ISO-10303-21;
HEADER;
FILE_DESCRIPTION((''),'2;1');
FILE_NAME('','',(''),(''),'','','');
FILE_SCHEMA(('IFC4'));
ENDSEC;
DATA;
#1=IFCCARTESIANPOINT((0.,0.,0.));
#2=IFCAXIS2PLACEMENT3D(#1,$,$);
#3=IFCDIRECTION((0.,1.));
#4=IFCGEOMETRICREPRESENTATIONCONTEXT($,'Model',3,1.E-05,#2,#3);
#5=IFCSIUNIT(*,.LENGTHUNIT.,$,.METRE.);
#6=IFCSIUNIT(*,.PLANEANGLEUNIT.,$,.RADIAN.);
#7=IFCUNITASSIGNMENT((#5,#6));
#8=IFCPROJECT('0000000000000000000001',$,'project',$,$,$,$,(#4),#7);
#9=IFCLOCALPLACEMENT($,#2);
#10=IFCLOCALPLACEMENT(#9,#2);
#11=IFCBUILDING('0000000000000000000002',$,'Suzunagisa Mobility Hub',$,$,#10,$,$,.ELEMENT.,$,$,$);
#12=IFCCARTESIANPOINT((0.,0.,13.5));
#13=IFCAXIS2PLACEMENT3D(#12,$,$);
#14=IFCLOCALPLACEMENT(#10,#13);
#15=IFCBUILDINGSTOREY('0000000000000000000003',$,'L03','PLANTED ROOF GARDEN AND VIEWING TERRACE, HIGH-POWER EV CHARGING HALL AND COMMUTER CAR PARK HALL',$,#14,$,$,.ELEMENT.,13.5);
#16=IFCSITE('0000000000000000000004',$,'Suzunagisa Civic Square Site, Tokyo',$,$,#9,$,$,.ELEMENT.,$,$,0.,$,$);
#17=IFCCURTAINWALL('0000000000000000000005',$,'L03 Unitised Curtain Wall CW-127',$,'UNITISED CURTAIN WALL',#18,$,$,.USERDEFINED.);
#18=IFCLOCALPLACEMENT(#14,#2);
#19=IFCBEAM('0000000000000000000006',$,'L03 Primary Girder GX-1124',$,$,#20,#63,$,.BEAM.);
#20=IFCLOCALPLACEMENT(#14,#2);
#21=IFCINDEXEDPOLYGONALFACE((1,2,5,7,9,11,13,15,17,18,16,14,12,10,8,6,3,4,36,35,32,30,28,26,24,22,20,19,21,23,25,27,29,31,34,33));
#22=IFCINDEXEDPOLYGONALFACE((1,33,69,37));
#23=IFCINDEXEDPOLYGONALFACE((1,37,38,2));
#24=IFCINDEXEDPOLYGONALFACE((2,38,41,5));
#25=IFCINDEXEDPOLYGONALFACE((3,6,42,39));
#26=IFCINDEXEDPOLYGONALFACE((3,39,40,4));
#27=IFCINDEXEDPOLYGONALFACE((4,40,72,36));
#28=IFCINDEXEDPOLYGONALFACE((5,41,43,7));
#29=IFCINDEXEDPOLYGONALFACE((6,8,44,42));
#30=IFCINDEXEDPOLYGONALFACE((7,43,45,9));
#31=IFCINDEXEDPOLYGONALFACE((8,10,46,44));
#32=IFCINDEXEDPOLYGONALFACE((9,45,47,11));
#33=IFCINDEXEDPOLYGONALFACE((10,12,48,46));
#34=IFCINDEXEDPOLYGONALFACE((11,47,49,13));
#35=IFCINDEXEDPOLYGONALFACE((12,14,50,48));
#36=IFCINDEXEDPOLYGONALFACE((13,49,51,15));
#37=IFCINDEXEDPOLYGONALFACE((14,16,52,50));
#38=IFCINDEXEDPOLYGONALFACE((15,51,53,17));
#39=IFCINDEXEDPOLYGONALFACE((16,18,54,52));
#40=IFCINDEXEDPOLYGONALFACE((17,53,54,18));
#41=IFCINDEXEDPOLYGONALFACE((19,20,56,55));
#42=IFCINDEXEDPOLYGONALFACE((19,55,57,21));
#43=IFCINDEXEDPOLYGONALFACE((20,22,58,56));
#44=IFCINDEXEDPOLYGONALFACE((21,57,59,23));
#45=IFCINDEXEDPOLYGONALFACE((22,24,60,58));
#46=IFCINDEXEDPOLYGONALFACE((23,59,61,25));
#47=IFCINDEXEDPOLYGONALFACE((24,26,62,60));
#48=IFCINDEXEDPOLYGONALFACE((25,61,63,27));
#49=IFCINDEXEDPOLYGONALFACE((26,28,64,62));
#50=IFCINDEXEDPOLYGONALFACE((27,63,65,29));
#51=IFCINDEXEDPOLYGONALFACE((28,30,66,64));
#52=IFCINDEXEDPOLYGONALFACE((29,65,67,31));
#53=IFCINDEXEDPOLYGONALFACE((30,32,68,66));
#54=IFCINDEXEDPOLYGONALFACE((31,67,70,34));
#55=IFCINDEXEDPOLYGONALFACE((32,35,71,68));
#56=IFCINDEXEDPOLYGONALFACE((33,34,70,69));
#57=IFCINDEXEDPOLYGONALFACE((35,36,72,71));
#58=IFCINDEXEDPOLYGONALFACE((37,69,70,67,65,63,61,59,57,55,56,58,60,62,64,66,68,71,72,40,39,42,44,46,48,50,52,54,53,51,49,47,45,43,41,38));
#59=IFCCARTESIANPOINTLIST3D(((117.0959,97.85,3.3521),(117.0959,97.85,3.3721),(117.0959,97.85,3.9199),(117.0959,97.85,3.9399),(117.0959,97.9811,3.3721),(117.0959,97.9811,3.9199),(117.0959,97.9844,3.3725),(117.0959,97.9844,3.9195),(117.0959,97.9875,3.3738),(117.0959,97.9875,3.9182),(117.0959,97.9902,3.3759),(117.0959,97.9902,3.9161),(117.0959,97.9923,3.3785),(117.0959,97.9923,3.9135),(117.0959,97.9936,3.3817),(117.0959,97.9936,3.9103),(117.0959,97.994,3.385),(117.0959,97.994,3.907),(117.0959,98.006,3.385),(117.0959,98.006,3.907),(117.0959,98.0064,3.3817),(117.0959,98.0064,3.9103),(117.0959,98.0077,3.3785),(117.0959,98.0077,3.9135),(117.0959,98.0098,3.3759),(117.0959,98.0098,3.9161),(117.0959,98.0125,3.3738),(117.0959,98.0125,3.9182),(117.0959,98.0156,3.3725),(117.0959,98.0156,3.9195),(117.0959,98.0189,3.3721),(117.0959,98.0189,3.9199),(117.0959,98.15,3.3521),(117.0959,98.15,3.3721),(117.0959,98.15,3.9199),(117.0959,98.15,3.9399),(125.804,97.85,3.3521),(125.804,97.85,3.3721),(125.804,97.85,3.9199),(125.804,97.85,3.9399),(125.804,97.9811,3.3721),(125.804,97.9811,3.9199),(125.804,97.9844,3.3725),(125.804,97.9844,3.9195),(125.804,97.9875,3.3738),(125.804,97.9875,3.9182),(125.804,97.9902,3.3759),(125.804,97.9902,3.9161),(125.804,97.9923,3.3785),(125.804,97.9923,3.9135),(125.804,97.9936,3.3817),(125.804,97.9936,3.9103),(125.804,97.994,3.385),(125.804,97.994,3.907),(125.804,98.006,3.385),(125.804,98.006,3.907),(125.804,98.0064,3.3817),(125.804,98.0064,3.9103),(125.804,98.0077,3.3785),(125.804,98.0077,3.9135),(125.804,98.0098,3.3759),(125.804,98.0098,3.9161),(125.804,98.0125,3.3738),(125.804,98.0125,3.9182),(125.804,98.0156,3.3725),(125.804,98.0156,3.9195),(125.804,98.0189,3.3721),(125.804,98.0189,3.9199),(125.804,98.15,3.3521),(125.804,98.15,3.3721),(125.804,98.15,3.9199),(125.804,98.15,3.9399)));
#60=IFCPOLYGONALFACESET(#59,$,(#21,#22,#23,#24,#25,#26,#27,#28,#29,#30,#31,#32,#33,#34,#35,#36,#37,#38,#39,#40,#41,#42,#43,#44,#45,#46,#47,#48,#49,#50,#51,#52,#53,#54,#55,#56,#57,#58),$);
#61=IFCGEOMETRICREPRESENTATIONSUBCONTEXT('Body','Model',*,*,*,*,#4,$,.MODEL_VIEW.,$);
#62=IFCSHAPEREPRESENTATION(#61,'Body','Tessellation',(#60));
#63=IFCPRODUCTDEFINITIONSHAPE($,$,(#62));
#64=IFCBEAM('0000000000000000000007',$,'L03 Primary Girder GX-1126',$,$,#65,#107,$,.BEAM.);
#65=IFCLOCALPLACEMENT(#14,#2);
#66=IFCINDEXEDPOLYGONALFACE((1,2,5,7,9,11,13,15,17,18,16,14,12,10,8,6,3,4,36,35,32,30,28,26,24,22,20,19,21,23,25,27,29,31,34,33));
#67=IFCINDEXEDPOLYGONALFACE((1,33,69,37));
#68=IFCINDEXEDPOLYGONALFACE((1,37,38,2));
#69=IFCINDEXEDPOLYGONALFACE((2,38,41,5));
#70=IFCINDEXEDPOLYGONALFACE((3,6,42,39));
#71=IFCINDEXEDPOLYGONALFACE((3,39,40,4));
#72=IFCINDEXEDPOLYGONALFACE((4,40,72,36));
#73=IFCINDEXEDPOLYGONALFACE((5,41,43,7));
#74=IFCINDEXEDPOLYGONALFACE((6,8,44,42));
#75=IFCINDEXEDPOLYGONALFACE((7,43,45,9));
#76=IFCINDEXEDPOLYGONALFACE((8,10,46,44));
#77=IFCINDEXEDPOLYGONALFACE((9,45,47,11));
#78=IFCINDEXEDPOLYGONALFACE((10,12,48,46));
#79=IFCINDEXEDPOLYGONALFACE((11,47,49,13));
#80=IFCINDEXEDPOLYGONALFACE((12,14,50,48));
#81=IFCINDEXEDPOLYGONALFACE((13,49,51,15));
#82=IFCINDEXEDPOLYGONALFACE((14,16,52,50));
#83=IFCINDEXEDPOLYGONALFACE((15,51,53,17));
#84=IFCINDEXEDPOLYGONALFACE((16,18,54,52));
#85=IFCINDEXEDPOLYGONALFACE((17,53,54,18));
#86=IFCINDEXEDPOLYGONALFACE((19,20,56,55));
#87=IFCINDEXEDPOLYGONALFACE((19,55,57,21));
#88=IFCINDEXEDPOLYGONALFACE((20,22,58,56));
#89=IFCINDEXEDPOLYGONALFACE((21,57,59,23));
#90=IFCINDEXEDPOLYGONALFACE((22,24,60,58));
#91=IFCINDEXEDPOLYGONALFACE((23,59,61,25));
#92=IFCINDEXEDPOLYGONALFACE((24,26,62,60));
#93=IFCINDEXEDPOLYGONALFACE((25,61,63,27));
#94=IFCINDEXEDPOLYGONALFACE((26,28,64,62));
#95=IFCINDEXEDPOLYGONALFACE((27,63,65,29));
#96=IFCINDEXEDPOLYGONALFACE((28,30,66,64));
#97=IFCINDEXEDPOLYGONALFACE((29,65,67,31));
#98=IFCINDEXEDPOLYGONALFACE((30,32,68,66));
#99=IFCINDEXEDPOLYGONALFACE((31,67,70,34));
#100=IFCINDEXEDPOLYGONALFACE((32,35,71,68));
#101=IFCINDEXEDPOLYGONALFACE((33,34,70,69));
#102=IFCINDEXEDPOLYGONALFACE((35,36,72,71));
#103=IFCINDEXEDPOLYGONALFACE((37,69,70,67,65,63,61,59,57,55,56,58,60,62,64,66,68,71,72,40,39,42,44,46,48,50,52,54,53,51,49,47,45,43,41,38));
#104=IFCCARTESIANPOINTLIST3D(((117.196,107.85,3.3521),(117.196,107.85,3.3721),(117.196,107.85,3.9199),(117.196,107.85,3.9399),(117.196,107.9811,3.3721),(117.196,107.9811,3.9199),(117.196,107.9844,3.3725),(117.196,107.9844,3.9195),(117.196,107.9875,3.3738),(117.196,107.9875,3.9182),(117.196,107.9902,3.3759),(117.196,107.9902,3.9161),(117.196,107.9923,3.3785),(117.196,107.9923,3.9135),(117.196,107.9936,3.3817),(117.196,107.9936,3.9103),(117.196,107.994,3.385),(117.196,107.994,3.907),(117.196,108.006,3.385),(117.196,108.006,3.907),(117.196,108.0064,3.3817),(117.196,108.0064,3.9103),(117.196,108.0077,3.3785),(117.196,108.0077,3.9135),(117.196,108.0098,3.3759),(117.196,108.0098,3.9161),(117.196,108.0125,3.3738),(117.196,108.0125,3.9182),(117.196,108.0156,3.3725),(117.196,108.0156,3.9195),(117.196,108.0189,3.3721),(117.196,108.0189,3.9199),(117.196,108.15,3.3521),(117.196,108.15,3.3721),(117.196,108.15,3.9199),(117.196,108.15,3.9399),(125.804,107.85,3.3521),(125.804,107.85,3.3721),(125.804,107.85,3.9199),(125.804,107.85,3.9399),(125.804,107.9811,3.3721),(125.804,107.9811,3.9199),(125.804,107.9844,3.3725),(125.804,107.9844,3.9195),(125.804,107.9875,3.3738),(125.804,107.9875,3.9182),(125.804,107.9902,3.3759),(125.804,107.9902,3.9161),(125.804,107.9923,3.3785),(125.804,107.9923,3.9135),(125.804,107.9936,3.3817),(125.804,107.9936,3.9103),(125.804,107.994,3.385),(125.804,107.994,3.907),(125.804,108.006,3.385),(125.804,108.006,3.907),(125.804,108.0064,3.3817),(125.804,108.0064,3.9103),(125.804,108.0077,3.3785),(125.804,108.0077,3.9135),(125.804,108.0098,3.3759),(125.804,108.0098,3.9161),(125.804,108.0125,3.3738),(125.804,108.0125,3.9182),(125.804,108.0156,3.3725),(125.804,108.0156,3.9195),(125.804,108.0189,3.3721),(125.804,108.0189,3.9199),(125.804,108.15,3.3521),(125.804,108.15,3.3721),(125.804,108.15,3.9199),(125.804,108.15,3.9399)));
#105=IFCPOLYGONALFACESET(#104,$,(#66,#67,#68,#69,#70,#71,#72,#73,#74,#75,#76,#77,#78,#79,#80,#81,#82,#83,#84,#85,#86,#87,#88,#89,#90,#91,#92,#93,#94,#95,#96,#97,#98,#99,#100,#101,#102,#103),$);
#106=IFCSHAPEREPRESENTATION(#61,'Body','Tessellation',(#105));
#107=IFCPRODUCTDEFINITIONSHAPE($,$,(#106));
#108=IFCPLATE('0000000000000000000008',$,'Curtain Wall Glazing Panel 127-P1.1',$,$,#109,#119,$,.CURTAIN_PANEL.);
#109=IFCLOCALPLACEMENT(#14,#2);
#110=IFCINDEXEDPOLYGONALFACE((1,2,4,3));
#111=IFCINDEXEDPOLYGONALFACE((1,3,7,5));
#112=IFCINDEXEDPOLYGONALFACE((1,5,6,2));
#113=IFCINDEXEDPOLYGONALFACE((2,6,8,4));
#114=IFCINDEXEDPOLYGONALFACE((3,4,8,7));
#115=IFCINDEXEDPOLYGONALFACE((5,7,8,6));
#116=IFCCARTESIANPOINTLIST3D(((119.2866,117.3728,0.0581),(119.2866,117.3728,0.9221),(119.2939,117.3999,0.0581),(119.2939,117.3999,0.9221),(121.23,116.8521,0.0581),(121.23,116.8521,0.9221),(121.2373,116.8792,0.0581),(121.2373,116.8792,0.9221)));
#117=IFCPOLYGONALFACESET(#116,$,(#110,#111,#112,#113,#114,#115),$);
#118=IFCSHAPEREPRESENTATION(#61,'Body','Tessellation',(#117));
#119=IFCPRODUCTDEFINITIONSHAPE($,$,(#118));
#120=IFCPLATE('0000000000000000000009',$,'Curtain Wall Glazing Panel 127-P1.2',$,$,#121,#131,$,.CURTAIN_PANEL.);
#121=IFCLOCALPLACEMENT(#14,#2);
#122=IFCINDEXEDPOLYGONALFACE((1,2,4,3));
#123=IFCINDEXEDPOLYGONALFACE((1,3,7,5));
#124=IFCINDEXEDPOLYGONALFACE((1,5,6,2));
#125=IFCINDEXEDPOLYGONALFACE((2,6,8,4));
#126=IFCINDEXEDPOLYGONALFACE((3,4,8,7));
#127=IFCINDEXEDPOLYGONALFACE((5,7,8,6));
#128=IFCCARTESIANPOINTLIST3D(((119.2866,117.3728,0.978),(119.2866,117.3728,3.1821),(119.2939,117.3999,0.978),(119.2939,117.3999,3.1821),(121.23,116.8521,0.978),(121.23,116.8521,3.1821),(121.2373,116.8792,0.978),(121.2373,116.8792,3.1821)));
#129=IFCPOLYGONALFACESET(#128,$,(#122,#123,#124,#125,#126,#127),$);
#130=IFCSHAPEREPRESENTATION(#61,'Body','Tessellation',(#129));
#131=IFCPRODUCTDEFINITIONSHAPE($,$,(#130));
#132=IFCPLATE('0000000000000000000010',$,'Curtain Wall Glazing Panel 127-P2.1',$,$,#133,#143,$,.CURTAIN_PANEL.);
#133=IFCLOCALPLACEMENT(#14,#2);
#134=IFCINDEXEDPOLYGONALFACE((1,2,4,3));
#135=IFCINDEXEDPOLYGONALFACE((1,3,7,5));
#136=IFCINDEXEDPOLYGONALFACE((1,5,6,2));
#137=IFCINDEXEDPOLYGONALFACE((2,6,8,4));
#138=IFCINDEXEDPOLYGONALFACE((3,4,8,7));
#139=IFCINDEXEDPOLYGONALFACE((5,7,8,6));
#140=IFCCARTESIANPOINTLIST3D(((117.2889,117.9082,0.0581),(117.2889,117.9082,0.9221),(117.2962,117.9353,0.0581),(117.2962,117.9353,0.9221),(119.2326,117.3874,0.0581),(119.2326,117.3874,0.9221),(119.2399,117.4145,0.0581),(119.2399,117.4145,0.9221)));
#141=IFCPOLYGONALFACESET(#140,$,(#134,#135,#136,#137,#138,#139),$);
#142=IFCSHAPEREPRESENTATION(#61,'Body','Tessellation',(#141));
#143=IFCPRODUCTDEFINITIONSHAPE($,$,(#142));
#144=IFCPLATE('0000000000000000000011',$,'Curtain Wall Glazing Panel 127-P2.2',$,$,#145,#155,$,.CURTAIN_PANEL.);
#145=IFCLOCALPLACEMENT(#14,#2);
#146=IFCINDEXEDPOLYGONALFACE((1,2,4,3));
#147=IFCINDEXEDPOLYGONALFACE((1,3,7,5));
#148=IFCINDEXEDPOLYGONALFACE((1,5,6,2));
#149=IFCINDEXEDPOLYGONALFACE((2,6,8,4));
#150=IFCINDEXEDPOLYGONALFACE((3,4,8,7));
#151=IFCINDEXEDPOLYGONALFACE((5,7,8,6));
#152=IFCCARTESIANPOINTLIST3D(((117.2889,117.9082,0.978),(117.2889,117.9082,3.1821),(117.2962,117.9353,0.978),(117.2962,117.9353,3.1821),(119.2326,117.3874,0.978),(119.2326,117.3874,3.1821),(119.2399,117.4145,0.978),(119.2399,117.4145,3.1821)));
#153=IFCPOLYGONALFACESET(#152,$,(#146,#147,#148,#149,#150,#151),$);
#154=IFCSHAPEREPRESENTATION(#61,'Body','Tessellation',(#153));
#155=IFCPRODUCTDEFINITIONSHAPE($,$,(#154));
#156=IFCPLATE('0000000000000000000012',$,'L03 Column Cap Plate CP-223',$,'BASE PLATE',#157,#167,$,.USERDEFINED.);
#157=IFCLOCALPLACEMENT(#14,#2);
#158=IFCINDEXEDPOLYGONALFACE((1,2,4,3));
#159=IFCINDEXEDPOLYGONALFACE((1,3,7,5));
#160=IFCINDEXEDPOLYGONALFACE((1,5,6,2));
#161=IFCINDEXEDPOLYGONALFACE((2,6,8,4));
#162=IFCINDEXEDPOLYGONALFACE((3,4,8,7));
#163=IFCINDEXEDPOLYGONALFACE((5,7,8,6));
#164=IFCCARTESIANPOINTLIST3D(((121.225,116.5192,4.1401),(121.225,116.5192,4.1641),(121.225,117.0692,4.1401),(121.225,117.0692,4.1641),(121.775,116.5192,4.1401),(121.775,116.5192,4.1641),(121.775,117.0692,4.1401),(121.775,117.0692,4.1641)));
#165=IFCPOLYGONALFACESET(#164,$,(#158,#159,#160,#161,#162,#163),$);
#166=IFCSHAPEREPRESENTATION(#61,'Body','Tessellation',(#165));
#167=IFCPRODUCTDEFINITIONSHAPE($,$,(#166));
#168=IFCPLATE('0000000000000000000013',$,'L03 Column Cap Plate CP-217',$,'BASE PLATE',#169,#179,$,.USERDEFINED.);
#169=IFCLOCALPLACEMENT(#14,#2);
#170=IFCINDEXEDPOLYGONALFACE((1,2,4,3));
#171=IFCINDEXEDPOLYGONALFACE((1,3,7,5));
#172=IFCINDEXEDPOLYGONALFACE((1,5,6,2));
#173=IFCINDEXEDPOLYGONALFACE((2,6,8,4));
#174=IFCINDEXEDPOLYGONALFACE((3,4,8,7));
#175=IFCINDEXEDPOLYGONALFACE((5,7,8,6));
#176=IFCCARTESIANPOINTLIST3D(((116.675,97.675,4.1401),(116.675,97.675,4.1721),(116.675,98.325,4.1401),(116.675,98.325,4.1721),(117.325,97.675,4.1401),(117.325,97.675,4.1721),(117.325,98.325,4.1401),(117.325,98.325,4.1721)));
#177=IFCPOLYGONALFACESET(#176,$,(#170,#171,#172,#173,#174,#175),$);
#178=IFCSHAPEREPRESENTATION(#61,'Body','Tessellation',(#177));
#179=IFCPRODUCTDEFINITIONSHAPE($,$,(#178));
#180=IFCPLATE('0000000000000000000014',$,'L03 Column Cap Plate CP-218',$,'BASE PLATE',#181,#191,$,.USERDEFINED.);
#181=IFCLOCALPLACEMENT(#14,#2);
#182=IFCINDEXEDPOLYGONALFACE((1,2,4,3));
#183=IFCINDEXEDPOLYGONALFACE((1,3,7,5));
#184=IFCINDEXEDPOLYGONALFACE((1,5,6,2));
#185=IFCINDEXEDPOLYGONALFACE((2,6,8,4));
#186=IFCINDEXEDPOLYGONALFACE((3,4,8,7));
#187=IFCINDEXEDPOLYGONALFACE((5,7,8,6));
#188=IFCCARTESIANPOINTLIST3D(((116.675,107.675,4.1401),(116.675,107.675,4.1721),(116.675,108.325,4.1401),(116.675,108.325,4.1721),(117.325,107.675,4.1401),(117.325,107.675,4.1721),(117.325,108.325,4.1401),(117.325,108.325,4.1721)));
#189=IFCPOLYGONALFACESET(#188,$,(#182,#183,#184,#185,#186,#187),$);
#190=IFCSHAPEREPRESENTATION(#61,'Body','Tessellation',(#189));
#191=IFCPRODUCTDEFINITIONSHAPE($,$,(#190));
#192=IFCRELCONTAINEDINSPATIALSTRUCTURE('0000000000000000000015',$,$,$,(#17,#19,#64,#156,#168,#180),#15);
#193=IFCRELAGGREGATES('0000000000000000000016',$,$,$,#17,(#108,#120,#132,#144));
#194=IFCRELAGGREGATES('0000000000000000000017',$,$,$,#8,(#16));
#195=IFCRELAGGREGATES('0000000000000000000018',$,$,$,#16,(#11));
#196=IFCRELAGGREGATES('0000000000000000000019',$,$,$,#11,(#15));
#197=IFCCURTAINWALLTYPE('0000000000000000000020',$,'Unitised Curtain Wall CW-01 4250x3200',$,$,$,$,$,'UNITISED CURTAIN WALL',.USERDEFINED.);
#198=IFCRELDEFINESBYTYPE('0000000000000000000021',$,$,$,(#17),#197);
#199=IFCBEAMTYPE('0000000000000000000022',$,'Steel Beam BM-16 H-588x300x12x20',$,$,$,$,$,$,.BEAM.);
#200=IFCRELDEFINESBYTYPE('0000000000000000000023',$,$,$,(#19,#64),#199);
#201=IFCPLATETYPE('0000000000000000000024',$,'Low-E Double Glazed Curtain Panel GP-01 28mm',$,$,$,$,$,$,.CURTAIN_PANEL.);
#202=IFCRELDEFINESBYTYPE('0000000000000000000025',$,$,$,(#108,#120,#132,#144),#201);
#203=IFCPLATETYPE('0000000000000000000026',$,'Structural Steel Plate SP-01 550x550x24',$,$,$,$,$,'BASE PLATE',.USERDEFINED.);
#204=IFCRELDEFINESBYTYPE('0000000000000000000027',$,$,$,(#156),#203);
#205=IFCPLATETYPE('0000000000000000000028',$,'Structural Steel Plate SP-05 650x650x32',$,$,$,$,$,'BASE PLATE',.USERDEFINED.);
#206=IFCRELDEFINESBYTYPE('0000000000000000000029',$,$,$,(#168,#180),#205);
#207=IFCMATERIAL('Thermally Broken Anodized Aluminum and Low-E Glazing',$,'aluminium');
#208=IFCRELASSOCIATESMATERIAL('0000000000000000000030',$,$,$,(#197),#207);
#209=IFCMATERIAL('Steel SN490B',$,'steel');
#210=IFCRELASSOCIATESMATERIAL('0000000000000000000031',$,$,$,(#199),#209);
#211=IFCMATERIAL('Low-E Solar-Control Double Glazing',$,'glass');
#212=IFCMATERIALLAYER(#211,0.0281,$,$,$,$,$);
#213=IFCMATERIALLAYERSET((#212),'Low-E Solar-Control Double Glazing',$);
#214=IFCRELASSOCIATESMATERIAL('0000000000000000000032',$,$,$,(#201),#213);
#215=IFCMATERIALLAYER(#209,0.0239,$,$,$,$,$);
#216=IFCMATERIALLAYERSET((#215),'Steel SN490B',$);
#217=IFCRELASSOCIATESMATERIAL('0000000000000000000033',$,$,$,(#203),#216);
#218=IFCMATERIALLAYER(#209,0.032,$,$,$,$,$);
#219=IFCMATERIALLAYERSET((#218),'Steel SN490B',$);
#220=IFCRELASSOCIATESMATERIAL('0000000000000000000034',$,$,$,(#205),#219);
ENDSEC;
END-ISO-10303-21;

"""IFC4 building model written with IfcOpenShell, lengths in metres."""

from ifc_helpers import new_model, si_unit, direction, frame, origin, origin_2d, place, context, subcontext, project, spatial, rectangle, i_section, extrude, material, layer, layer_set, material_profile, profile_set, type_object, element, aggregate, save


model = new_model("IFC4")

# Units and contexts
model_context = context("Model", 3, precision=1e-05, world=origin(), true_north=direction((0.0, 1.0)))
body_context = subcontext(model_context, "Body", "Model", "MODEL_VIEW")
ifc_project = project(units=[si_unit("LENGTHUNIT", "METRE"), si_unit("PLANEANGLEUNIT", "RADIAN")], contexts=[model_context])

# Site, building, storey
site_placement = place(None, origin())
site = spatial("IfcSite", under=ifc_project, at=site_placement, Name="Suzunagisa Civic Square Site, Tokyo", CompositionType="ELEMENT", RefElevation=0.0)
building_placement = place(site_placement, origin())
building = spatial("IfcBuilding", under=site, at=building_placement, Name="Suzunagisa Mobility Hub", CompositionType="ELEMENT")
storey_placement = place(building_placement, frame((0.0, 0.0, 13.5)))
storey = spatial("IfcBuildingStorey", under=building, at=storey_placement, Name="L03", Description="PLANTED ROOF GARDEN AND VIEWING TERRACE, HIGH-POWER EV CHARGING HALL AND COMMUTER CAR PARK HALL", CompositionType="ELEMENT", Elevation=13.5)

# Shared definitions
ifc_material_1 = material(Name="Steel SN490B", Category="steel")

# Curtain wall
ifc_material_2 = material(Name="Thermally Broken Anodized Aluminum and Low-E Glazing", Category="aluminium")
curtain_wall_type = type_object("IfcCurtainWallType", Name="Unitised Curtain Wall CW-01 4250x3200", ElementType="UNITISED CURTAIN WALL", PredefinedType="USERDEFINED", material=ifc_material_2)
curtain_wall_placement = place(storey_placement, origin())
curtain_wall = element("IfcCurtainWall", 1, at=curtain_wall_placement, inside=storey, type_object=curtain_wall_type, Name="L03 Unitised Curtain Wall CW-127", ObjectType="UNITISED CURTAIN WALL", PredefinedType="USERDEFINED")

# Beams
ifc_material_profile_1 = material_profile(ifc_material_1, i_section(OverallWidth=0.3, OverallDepth=0.5879, WebThickness=0.012, FlangeThickness=0.02, FilletRadius=0.0129, at=origin_2d()), Name="H-588x300x12x20")
ifc_profile_set_1 = profile_set([ifc_material_profile_1], Name="Steel SN490B")
beam_type_1 = type_object("IfcBeamType", Name="Steel Beam BM-16 H-588x300x12x20", PredefinedType="BEAM", material=ifc_profile_set_1)
beam_1_placement = place(storey_placement, frame((117.0959, 98.0, 3.646), z_axis=(1.0, 0.0, 0.0), x_axis=(0.0, 1.0, 0.0)))
element("IfcBeam", 2, at=beam_1_placement, inside=storey, type_object=beam_type_1, Name="L03 Primary Girder GX-1124", PredefinedType="BEAM", context=body_context, shape_type="SweptSolid", body=[
    extrude(i_section(OverallWidth=0.3, OverallDepth=0.5879, WebThickness=0.012, FlangeThickness=0.02, FilletRadius=0.0129, at=origin_2d()), origin(), (0.0, 0.0, 1.0), 8.708),
])
beam_2_placement = place(storey_placement, frame((117.196, 108.0, 3.646), z_axis=(1.0, 0.0, 0.0), x_axis=(0.0, 1.0, 0.0)))
element("IfcBeam", 3, at=beam_2_placement, inside=storey, type_object=beam_type_1, Name="L03 Primary Girder GX-1126", PredefinedType="BEAM", context=body_context, shape_type="SweptSolid", body=[
    extrude(i_section(OverallWidth=0.3, OverallDepth=0.5879, WebThickness=0.012, FlangeThickness=0.02, FilletRadius=0.0129, at=origin_2d()), origin(), (0.0, 0.0, 1.0), 8.6079),
])

# Plates
ifc_material_3 = material(Name="Low-E Solar-Control Double Glazing", Category="glass")
ifc_layer_1 = layer(ifc_material_3, 0.0281)
ifc_layer_set_1 = layer_set([ifc_layer_1], Name="Low-E Solar-Control Double Glazing")
plate_type_1 = type_object("IfcPlateType", Name="Low-E Double Glazed Curtain Panel GP-01 28mm", PredefinedType="CURTAIN_PANEL", material=ifc_layer_set_1)
plate_1_placement = place(storey_placement, frame((120.262, 117.126, 0.0581), z_axis=(0.0, 0.0, 1.0), x_axis=(-0.965927, 0.258814, 0.0)))
plate_1 = element("IfcPlate", 4, at=plate_1_placement, type_object=plate_type_1, Name="Curtain Wall Glazing Panel 127-P1.1", PredefinedType="CURTAIN_PANEL", context=body_context, shape_type="SweptSolid", body=[
    extrude(rectangle(XDim=2.012, YDim=0.0281, at=origin_2d()), origin(), (0.0, 0.0, 1.0), 0.864),
])
plate_2_placement = place(storey_placement, frame((120.262, 117.126, 0.978), z_axis=(0.0, 0.0, 1.0), x_axis=(-0.965927, 0.258814, 0.0)))
plate_2 = element("IfcPlate", 5, at=plate_2_placement, type_object=plate_type_1, Name="Curtain Wall Glazing Panel 127-P1.2", PredefinedType="CURTAIN_PANEL", context=body_context, shape_type="SweptSolid", body=[
    extrude(rectangle(XDim=2.012, YDim=0.0281, at=origin_2d()), origin(), (0.0, 0.0, 1.0), 2.2041),
])
plate_3_placement = place(storey_placement, frame((118.2644, 117.6614, 0.0581), z_axis=(0.0, 0.0, 1.0), x_axis=(-0.965927, 0.258814, 0.0)))
plate_3 = element("IfcPlate", 6, at=plate_3_placement, type_object=plate_type_1, Name="Curtain Wall Glazing Panel 127-P2.1", PredefinedType="CURTAIN_PANEL", context=body_context, shape_type="SweptSolid", body=[
    extrude(rectangle(XDim=2.0122, YDim=0.0281, at=origin_2d()), origin(), (0.0, 0.0, 1.0), 0.864),
])
plate_4_placement = place(storey_placement, frame((118.2644, 117.6614, 0.978), z_axis=(0.0, 0.0, 1.0), x_axis=(-0.965927, 0.258814, 0.0)))
plate_4 = element("IfcPlate", 7, at=plate_4_placement, type_object=plate_type_1, Name="Curtain Wall Glazing Panel 127-P2.2", PredefinedType="CURTAIN_PANEL", context=body_context, shape_type="SweptSolid", body=[
    extrude(rectangle(XDim=2.0122, YDim=0.0281, at=origin_2d()), origin(), (0.0, 0.0, 1.0), 2.2041),
])
aggregate(curtain_wall, [plate_1, plate_2, plate_3, plate_4])

# Plates
ifc_layer_2 = layer(ifc_material_1, 0.0239)
ifc_layer_set_2 = layer_set([ifc_layer_2], Name="Steel SN490B")
plate_type_2 = type_object("IfcPlateType", Name="Structural Steel Plate SP-01 550x550x24", ElementType="BASE PLATE", PredefinedType="USERDEFINED", material=ifc_layer_set_2)
plate_5_placement = place(storey_placement, frame((121.5, 116.7942, 4.1401), z_axis=(0.0, 0.0, 1.0), x_axis=(1.0, 0.0, 0.0)))
element("IfcPlate", 8, at=plate_5_placement, inside=storey, type_object=plate_type_2, Name="L03 Column Cap Plate CP-223", ObjectType="BASE PLATE", PredefinedType="USERDEFINED", context=body_context, shape_type="SweptSolid", body=[
    extrude(rectangle(XDim=0.55, YDim=0.55, at=origin_2d()), origin(), (0.0, 0.0, 1.0), 0.0239),
])
ifc_layer_3 = layer(ifc_material_1, 0.032)
ifc_layer_set_3 = layer_set([ifc_layer_3], Name="Steel SN490B")
plate_type_3 = type_object("IfcPlateType", Name="Structural Steel Plate SP-05 650x650x32", ElementType="BASE PLATE", PredefinedType="USERDEFINED", material=ifc_layer_set_3)
for number, where, z_axis, x_axis, name in (
    (9, (117.0, 98.0, 4.1401), (0.0, 0.0, 1.0), (1.0, 0.0, 0.0), "L03 Column Cap Plate CP-217"),
    (10, (117.0, 108.0, 4.1401), (0.0, 0.0, 1.0), (1.0, 0.0, 0.0), "L03 Column Cap Plate CP-218"),
):
    element("IfcPlate", number, at=place(storey_placement, frame(where, z_axis=z_axis, x_axis=x_axis)), inside=storey, type_object=plate_type_3, Name=name, ObjectType="BASE PLATE", PredefinedType="USERDEFINED", context=body_context, shape_type="SweptSolid", body=[
        extrude(rectangle(XDim=0.6499, YDim=0.6499, at=origin_2d()), origin(), (0.0, 0.0, 1.0), 0.032),
    ])

save(model, "model.ifc")
